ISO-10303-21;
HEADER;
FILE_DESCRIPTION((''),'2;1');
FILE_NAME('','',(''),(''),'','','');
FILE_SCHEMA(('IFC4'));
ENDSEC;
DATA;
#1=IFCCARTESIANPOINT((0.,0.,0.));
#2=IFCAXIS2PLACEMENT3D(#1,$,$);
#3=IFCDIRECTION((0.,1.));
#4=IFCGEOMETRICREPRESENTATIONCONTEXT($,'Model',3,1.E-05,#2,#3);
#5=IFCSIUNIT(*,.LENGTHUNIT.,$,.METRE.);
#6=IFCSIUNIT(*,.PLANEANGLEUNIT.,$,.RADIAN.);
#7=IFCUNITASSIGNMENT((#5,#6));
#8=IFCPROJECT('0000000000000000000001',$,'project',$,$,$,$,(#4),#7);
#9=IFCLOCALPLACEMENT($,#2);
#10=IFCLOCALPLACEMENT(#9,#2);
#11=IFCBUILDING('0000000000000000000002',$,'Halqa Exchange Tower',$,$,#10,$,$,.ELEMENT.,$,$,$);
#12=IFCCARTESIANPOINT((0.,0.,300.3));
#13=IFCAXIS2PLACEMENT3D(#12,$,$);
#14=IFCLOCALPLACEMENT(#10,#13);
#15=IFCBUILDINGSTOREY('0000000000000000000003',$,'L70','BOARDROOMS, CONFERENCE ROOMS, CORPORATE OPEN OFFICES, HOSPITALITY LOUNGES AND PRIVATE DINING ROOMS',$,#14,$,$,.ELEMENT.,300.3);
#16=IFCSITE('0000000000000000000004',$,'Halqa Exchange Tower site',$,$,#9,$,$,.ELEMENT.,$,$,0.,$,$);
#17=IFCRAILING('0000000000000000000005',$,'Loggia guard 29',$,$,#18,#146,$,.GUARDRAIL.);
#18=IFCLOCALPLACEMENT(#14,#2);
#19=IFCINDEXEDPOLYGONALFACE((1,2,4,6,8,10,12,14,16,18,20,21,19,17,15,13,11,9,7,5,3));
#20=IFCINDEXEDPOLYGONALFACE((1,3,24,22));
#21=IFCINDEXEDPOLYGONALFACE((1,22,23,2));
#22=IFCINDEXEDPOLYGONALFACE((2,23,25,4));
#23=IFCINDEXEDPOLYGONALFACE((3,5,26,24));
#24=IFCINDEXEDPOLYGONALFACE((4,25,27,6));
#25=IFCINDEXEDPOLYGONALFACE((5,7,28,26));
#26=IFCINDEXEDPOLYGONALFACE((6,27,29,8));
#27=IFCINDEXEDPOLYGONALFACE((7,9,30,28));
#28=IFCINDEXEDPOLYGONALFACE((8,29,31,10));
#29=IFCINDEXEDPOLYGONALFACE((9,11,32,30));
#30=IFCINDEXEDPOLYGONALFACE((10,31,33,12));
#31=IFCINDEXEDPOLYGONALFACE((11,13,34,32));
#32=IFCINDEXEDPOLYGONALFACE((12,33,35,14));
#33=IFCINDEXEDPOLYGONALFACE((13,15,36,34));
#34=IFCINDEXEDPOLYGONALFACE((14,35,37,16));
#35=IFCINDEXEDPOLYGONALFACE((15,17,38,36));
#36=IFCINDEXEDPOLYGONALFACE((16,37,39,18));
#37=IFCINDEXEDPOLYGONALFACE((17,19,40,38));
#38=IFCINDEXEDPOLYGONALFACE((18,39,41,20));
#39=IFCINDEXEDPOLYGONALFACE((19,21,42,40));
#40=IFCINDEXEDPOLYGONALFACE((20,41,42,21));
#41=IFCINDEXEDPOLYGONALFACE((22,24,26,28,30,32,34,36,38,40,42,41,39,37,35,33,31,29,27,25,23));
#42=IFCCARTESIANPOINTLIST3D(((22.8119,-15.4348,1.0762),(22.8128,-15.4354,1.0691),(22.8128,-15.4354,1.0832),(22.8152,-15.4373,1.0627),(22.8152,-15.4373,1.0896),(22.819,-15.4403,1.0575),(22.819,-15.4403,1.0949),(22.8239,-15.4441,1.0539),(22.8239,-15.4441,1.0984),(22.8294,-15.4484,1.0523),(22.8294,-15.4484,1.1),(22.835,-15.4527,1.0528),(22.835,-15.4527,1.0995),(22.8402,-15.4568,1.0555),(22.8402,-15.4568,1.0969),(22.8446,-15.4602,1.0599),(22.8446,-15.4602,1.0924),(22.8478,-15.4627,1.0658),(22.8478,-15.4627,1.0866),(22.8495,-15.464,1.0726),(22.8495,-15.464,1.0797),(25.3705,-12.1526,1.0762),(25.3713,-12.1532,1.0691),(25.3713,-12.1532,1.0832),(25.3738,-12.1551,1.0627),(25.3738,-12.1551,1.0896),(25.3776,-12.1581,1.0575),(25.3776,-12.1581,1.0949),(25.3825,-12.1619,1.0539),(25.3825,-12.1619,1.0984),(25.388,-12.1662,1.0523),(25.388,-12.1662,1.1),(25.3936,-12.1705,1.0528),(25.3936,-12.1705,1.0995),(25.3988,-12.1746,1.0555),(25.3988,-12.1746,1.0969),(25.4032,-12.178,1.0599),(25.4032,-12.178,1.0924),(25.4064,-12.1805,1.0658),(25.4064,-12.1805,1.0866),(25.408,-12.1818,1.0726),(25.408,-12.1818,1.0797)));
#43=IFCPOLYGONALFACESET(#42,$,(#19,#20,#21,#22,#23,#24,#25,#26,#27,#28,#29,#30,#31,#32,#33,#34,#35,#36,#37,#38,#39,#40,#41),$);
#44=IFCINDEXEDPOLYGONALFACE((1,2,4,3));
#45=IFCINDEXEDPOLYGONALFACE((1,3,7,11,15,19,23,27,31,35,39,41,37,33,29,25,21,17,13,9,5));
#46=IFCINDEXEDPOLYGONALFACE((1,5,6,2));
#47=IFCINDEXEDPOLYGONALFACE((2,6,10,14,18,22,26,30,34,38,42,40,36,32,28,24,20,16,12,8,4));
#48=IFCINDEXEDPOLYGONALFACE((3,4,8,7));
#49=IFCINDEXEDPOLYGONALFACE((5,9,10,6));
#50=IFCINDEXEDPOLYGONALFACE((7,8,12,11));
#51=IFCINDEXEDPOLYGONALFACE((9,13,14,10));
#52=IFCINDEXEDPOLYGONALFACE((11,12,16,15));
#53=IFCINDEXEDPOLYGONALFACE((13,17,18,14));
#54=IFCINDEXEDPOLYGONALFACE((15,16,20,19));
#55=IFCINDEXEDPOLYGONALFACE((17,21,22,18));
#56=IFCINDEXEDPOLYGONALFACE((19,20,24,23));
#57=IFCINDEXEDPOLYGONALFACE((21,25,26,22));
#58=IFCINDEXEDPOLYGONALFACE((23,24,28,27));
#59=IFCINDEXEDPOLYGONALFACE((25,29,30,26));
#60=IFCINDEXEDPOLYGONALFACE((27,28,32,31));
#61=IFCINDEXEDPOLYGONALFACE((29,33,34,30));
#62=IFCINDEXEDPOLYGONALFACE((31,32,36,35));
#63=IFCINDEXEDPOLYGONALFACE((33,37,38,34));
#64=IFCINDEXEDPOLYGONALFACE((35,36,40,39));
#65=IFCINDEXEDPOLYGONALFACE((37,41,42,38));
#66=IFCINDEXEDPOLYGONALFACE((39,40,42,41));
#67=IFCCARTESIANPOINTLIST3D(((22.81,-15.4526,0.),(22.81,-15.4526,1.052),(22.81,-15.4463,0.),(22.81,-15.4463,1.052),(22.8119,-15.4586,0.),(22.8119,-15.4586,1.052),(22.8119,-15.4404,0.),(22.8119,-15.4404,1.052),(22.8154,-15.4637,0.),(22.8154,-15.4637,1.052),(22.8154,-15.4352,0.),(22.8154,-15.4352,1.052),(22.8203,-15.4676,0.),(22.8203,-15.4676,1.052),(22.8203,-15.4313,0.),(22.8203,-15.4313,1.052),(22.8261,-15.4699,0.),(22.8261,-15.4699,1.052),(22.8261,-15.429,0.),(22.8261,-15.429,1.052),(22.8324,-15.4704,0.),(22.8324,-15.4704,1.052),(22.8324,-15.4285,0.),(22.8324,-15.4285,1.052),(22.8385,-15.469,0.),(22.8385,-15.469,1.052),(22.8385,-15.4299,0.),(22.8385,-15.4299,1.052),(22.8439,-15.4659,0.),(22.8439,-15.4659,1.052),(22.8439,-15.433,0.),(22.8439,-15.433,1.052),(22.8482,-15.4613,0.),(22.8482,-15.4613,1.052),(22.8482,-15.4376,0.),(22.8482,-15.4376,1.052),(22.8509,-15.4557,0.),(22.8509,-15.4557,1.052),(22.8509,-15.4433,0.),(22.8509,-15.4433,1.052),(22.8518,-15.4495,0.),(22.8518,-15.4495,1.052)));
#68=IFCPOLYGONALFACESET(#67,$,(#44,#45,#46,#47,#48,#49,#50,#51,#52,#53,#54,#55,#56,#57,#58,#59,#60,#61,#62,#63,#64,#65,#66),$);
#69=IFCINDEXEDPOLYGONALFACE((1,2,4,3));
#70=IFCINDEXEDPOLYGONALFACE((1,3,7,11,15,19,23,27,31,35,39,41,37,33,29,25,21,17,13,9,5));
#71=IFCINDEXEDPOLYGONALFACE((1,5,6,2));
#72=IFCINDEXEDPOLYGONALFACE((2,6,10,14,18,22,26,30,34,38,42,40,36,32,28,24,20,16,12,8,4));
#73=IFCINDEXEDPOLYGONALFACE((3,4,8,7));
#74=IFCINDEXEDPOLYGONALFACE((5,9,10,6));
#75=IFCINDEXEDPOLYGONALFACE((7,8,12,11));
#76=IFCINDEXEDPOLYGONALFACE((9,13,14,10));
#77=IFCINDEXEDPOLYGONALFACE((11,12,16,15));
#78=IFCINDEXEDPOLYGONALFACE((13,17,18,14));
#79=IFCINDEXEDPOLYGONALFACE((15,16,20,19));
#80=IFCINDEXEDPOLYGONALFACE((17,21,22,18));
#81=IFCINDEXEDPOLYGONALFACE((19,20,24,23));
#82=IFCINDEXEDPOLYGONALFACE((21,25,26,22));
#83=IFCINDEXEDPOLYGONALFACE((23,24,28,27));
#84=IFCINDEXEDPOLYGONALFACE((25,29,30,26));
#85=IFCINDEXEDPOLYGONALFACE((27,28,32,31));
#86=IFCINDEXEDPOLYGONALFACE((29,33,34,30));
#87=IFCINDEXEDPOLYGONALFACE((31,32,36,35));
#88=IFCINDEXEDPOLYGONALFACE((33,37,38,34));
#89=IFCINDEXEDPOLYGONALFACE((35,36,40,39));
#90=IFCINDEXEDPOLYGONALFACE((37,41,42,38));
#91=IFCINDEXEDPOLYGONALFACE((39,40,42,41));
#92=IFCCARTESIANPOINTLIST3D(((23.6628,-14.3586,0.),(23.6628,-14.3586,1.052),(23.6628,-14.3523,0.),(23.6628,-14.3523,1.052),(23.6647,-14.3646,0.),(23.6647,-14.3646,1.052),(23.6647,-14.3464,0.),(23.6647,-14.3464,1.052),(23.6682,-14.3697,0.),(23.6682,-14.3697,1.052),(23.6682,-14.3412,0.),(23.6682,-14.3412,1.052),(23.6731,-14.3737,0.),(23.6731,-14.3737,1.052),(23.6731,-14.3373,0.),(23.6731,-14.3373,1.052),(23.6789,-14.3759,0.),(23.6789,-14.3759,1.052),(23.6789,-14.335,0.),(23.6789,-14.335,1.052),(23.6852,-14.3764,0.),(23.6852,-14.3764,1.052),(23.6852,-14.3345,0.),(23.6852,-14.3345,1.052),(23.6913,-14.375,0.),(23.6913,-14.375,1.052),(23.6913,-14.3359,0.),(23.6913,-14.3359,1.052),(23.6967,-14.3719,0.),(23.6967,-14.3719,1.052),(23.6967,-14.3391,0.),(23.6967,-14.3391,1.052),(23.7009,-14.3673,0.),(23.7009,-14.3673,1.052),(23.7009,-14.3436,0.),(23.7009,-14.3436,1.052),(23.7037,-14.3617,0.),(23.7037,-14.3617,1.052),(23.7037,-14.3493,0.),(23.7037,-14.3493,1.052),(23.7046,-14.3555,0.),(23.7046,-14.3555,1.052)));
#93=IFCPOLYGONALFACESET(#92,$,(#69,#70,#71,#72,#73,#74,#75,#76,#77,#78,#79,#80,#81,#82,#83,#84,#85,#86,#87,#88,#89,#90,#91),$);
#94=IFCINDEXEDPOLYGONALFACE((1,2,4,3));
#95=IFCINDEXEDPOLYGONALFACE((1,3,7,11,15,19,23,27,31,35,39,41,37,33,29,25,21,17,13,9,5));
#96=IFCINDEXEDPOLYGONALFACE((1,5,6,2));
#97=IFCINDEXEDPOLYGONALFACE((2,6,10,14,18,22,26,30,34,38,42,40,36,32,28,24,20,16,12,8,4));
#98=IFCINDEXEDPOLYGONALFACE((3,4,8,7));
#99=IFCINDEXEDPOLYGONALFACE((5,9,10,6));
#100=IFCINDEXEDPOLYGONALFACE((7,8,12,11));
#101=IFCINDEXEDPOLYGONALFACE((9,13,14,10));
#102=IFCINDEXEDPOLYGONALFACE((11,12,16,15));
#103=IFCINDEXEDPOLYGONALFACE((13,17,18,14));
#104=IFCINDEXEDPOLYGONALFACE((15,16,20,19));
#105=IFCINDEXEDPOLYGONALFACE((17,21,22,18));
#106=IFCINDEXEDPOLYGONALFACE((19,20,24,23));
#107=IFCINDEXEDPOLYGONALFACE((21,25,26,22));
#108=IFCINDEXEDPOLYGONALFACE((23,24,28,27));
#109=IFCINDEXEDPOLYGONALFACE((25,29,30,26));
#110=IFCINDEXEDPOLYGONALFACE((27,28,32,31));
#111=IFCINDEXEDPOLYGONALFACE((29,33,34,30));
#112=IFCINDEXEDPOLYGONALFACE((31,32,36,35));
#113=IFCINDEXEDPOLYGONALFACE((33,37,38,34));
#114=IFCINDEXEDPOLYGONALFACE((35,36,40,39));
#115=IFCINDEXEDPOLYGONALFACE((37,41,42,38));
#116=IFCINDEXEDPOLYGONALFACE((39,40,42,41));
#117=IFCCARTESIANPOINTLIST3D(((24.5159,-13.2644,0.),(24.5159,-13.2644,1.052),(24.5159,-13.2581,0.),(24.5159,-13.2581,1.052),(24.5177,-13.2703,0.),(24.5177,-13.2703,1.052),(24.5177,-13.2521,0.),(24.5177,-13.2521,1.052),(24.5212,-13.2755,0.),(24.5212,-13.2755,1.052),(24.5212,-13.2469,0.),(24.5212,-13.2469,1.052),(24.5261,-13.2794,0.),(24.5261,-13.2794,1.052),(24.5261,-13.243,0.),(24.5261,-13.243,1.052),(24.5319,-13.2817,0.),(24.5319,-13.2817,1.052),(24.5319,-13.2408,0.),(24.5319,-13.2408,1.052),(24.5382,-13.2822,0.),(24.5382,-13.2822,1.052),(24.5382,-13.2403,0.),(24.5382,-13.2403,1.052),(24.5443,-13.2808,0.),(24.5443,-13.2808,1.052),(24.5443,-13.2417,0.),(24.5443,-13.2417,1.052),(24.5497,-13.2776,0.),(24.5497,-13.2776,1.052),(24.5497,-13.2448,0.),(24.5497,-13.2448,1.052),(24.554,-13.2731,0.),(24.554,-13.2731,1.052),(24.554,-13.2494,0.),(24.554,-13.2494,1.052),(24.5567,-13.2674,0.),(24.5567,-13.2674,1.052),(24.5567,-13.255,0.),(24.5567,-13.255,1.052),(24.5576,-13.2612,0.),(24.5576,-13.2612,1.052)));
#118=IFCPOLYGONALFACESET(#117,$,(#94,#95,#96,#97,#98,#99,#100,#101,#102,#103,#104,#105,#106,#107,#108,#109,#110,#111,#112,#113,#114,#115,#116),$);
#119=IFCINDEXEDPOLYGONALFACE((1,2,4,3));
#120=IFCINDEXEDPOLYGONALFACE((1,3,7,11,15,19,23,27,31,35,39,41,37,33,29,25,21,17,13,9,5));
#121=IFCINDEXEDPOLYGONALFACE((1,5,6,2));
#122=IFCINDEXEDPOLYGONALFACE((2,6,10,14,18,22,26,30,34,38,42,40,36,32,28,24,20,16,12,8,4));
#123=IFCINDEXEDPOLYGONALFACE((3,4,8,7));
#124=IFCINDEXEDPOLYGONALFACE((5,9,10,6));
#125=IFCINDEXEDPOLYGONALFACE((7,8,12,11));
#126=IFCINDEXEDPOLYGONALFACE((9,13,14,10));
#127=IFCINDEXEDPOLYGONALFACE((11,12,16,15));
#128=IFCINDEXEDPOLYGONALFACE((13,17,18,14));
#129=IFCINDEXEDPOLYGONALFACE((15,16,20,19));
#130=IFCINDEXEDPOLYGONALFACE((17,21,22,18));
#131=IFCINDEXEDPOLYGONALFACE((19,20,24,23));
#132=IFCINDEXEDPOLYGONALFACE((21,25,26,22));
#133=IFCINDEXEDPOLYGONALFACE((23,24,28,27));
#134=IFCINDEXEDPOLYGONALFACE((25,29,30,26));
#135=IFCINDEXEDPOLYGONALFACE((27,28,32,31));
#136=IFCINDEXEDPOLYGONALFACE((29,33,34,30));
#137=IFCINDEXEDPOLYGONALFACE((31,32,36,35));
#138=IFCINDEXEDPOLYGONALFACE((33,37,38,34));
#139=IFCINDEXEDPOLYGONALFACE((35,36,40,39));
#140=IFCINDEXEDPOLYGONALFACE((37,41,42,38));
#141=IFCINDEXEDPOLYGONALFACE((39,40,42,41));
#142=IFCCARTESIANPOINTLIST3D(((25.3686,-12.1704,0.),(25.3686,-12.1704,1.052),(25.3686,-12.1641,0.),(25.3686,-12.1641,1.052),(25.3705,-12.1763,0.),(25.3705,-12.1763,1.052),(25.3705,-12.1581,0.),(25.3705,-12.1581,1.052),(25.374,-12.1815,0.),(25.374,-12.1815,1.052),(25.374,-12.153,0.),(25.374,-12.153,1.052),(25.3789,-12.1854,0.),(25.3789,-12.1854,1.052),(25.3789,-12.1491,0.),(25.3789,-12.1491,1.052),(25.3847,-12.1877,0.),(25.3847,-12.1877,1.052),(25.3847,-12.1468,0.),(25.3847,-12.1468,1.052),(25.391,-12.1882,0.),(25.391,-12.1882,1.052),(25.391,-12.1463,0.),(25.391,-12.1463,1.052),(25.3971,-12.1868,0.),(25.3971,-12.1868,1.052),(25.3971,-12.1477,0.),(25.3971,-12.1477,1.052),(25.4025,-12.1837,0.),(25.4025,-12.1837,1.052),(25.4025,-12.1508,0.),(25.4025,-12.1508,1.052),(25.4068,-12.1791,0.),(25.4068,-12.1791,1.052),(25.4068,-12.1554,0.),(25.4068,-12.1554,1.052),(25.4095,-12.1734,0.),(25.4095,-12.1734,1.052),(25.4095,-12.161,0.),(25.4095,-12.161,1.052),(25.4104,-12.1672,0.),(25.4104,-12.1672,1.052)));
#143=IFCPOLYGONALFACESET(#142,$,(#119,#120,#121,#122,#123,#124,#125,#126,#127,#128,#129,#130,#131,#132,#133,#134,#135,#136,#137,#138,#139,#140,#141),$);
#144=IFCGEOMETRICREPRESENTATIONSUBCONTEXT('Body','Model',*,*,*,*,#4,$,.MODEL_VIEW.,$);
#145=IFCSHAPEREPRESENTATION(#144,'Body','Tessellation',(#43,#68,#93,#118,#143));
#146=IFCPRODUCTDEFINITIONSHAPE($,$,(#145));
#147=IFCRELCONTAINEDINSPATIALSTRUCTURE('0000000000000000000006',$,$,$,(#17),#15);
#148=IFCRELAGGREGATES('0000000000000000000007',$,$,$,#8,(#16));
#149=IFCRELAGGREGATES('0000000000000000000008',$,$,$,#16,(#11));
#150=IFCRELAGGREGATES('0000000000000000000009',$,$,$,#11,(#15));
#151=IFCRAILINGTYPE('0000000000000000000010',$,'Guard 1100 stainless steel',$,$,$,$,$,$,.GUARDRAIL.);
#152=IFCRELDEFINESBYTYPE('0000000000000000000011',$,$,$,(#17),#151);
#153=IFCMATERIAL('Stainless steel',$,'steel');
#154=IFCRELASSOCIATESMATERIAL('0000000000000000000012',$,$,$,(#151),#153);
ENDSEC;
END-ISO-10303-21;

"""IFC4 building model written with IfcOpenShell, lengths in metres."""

from ifc_helpers import new_model, si_unit, direction, frame, origin, origin_2d, place, context, subcontext, project, spatial, circle, extrude, material, type_object, element, save


model = new_model("IFC4")

# Units and contexts
model_context = context("Model", 3, precision=1e-05, world=origin(), true_north=direction((0.0, 1.0)))
body_context = subcontext(model_context, "Body", "Model", "MODEL_VIEW")
ifc_project = project(units=[si_unit("LENGTHUNIT", "METRE"), si_unit("PLANEANGLEUNIT", "RADIAN")], contexts=[model_context])

# Site, building, storey
site_placement = place(None, origin())
site = spatial("IfcSite", under=ifc_project, at=site_placement, Name="Halqa Exchange Tower site", CompositionType="ELEMENT", RefElevation=0.0)
building_placement = place(site_placement, origin())
building = spatial("IfcBuilding", under=site, at=building_placement, Name="Halqa Exchange Tower", CompositionType="ELEMENT")
storey_placement = place(building_placement, frame((0.0, 0.0, 300.3)))
storey = spatial("IfcBuildingStorey", under=building, at=storey_placement, Name="L70", Description="BOARDROOMS, CONFERENCE ROOMS, CORPORATE OPEN OFFICES, HOSPITALITY LOUNGES AND PRIVATE DINING ROOMS", CompositionType="ELEMENT", Elevation=300.3)

# Railing
ifc_material_1 = material(Name="Stainless steel", Category="steel")
railing_type = type_object("IfcRailingType", Name="Guard 1100 stainless steel", PredefinedType="GUARDRAIL", material=ifc_material_1)
railing_1_placement = place(storey_placement, frame((22.8308, -15.4495, 0.0)))
element("IfcRailing", 1, at=railing_1_placement, inside=storey, type_object=railing_type, Name="Loggia guard 29", PredefinedType="GUARDRAIL", context=body_context, shape_type="SweptSolid", body=[
    extrude(circle(Radius=0.0239, at=origin_2d()), frame((0.0, 0.0, 1.0762), z_axis=(0.614801, 0.788682, 0.0), x_axis=(-0.788682, 0.614801, 0.0)), (0.0, 0.0, 1.0), 4.1616),
    extrude(circle(Radius=0.021, at=origin_2d()), origin(), (0.0, 0.0, 1.0), 1.052),
    extrude(circle(Radius=0.021, at=origin_2d()), frame((0.8528, 1.094, 0.0)), (0.0, 0.0, 1.0), 1.052),
    extrude(circle(Radius=0.021, at=origin_2d()), frame((1.7058, 2.1882, 0.0)), (0.0, 0.0, 1.0), 1.052),
    extrude(circle(Radius=0.021, at=origin_2d()), frame((2.5586, 3.2822, 0.0)), (0.0, 0.0, 1.0), 1.052),
])

save(model, "model.ifc")
